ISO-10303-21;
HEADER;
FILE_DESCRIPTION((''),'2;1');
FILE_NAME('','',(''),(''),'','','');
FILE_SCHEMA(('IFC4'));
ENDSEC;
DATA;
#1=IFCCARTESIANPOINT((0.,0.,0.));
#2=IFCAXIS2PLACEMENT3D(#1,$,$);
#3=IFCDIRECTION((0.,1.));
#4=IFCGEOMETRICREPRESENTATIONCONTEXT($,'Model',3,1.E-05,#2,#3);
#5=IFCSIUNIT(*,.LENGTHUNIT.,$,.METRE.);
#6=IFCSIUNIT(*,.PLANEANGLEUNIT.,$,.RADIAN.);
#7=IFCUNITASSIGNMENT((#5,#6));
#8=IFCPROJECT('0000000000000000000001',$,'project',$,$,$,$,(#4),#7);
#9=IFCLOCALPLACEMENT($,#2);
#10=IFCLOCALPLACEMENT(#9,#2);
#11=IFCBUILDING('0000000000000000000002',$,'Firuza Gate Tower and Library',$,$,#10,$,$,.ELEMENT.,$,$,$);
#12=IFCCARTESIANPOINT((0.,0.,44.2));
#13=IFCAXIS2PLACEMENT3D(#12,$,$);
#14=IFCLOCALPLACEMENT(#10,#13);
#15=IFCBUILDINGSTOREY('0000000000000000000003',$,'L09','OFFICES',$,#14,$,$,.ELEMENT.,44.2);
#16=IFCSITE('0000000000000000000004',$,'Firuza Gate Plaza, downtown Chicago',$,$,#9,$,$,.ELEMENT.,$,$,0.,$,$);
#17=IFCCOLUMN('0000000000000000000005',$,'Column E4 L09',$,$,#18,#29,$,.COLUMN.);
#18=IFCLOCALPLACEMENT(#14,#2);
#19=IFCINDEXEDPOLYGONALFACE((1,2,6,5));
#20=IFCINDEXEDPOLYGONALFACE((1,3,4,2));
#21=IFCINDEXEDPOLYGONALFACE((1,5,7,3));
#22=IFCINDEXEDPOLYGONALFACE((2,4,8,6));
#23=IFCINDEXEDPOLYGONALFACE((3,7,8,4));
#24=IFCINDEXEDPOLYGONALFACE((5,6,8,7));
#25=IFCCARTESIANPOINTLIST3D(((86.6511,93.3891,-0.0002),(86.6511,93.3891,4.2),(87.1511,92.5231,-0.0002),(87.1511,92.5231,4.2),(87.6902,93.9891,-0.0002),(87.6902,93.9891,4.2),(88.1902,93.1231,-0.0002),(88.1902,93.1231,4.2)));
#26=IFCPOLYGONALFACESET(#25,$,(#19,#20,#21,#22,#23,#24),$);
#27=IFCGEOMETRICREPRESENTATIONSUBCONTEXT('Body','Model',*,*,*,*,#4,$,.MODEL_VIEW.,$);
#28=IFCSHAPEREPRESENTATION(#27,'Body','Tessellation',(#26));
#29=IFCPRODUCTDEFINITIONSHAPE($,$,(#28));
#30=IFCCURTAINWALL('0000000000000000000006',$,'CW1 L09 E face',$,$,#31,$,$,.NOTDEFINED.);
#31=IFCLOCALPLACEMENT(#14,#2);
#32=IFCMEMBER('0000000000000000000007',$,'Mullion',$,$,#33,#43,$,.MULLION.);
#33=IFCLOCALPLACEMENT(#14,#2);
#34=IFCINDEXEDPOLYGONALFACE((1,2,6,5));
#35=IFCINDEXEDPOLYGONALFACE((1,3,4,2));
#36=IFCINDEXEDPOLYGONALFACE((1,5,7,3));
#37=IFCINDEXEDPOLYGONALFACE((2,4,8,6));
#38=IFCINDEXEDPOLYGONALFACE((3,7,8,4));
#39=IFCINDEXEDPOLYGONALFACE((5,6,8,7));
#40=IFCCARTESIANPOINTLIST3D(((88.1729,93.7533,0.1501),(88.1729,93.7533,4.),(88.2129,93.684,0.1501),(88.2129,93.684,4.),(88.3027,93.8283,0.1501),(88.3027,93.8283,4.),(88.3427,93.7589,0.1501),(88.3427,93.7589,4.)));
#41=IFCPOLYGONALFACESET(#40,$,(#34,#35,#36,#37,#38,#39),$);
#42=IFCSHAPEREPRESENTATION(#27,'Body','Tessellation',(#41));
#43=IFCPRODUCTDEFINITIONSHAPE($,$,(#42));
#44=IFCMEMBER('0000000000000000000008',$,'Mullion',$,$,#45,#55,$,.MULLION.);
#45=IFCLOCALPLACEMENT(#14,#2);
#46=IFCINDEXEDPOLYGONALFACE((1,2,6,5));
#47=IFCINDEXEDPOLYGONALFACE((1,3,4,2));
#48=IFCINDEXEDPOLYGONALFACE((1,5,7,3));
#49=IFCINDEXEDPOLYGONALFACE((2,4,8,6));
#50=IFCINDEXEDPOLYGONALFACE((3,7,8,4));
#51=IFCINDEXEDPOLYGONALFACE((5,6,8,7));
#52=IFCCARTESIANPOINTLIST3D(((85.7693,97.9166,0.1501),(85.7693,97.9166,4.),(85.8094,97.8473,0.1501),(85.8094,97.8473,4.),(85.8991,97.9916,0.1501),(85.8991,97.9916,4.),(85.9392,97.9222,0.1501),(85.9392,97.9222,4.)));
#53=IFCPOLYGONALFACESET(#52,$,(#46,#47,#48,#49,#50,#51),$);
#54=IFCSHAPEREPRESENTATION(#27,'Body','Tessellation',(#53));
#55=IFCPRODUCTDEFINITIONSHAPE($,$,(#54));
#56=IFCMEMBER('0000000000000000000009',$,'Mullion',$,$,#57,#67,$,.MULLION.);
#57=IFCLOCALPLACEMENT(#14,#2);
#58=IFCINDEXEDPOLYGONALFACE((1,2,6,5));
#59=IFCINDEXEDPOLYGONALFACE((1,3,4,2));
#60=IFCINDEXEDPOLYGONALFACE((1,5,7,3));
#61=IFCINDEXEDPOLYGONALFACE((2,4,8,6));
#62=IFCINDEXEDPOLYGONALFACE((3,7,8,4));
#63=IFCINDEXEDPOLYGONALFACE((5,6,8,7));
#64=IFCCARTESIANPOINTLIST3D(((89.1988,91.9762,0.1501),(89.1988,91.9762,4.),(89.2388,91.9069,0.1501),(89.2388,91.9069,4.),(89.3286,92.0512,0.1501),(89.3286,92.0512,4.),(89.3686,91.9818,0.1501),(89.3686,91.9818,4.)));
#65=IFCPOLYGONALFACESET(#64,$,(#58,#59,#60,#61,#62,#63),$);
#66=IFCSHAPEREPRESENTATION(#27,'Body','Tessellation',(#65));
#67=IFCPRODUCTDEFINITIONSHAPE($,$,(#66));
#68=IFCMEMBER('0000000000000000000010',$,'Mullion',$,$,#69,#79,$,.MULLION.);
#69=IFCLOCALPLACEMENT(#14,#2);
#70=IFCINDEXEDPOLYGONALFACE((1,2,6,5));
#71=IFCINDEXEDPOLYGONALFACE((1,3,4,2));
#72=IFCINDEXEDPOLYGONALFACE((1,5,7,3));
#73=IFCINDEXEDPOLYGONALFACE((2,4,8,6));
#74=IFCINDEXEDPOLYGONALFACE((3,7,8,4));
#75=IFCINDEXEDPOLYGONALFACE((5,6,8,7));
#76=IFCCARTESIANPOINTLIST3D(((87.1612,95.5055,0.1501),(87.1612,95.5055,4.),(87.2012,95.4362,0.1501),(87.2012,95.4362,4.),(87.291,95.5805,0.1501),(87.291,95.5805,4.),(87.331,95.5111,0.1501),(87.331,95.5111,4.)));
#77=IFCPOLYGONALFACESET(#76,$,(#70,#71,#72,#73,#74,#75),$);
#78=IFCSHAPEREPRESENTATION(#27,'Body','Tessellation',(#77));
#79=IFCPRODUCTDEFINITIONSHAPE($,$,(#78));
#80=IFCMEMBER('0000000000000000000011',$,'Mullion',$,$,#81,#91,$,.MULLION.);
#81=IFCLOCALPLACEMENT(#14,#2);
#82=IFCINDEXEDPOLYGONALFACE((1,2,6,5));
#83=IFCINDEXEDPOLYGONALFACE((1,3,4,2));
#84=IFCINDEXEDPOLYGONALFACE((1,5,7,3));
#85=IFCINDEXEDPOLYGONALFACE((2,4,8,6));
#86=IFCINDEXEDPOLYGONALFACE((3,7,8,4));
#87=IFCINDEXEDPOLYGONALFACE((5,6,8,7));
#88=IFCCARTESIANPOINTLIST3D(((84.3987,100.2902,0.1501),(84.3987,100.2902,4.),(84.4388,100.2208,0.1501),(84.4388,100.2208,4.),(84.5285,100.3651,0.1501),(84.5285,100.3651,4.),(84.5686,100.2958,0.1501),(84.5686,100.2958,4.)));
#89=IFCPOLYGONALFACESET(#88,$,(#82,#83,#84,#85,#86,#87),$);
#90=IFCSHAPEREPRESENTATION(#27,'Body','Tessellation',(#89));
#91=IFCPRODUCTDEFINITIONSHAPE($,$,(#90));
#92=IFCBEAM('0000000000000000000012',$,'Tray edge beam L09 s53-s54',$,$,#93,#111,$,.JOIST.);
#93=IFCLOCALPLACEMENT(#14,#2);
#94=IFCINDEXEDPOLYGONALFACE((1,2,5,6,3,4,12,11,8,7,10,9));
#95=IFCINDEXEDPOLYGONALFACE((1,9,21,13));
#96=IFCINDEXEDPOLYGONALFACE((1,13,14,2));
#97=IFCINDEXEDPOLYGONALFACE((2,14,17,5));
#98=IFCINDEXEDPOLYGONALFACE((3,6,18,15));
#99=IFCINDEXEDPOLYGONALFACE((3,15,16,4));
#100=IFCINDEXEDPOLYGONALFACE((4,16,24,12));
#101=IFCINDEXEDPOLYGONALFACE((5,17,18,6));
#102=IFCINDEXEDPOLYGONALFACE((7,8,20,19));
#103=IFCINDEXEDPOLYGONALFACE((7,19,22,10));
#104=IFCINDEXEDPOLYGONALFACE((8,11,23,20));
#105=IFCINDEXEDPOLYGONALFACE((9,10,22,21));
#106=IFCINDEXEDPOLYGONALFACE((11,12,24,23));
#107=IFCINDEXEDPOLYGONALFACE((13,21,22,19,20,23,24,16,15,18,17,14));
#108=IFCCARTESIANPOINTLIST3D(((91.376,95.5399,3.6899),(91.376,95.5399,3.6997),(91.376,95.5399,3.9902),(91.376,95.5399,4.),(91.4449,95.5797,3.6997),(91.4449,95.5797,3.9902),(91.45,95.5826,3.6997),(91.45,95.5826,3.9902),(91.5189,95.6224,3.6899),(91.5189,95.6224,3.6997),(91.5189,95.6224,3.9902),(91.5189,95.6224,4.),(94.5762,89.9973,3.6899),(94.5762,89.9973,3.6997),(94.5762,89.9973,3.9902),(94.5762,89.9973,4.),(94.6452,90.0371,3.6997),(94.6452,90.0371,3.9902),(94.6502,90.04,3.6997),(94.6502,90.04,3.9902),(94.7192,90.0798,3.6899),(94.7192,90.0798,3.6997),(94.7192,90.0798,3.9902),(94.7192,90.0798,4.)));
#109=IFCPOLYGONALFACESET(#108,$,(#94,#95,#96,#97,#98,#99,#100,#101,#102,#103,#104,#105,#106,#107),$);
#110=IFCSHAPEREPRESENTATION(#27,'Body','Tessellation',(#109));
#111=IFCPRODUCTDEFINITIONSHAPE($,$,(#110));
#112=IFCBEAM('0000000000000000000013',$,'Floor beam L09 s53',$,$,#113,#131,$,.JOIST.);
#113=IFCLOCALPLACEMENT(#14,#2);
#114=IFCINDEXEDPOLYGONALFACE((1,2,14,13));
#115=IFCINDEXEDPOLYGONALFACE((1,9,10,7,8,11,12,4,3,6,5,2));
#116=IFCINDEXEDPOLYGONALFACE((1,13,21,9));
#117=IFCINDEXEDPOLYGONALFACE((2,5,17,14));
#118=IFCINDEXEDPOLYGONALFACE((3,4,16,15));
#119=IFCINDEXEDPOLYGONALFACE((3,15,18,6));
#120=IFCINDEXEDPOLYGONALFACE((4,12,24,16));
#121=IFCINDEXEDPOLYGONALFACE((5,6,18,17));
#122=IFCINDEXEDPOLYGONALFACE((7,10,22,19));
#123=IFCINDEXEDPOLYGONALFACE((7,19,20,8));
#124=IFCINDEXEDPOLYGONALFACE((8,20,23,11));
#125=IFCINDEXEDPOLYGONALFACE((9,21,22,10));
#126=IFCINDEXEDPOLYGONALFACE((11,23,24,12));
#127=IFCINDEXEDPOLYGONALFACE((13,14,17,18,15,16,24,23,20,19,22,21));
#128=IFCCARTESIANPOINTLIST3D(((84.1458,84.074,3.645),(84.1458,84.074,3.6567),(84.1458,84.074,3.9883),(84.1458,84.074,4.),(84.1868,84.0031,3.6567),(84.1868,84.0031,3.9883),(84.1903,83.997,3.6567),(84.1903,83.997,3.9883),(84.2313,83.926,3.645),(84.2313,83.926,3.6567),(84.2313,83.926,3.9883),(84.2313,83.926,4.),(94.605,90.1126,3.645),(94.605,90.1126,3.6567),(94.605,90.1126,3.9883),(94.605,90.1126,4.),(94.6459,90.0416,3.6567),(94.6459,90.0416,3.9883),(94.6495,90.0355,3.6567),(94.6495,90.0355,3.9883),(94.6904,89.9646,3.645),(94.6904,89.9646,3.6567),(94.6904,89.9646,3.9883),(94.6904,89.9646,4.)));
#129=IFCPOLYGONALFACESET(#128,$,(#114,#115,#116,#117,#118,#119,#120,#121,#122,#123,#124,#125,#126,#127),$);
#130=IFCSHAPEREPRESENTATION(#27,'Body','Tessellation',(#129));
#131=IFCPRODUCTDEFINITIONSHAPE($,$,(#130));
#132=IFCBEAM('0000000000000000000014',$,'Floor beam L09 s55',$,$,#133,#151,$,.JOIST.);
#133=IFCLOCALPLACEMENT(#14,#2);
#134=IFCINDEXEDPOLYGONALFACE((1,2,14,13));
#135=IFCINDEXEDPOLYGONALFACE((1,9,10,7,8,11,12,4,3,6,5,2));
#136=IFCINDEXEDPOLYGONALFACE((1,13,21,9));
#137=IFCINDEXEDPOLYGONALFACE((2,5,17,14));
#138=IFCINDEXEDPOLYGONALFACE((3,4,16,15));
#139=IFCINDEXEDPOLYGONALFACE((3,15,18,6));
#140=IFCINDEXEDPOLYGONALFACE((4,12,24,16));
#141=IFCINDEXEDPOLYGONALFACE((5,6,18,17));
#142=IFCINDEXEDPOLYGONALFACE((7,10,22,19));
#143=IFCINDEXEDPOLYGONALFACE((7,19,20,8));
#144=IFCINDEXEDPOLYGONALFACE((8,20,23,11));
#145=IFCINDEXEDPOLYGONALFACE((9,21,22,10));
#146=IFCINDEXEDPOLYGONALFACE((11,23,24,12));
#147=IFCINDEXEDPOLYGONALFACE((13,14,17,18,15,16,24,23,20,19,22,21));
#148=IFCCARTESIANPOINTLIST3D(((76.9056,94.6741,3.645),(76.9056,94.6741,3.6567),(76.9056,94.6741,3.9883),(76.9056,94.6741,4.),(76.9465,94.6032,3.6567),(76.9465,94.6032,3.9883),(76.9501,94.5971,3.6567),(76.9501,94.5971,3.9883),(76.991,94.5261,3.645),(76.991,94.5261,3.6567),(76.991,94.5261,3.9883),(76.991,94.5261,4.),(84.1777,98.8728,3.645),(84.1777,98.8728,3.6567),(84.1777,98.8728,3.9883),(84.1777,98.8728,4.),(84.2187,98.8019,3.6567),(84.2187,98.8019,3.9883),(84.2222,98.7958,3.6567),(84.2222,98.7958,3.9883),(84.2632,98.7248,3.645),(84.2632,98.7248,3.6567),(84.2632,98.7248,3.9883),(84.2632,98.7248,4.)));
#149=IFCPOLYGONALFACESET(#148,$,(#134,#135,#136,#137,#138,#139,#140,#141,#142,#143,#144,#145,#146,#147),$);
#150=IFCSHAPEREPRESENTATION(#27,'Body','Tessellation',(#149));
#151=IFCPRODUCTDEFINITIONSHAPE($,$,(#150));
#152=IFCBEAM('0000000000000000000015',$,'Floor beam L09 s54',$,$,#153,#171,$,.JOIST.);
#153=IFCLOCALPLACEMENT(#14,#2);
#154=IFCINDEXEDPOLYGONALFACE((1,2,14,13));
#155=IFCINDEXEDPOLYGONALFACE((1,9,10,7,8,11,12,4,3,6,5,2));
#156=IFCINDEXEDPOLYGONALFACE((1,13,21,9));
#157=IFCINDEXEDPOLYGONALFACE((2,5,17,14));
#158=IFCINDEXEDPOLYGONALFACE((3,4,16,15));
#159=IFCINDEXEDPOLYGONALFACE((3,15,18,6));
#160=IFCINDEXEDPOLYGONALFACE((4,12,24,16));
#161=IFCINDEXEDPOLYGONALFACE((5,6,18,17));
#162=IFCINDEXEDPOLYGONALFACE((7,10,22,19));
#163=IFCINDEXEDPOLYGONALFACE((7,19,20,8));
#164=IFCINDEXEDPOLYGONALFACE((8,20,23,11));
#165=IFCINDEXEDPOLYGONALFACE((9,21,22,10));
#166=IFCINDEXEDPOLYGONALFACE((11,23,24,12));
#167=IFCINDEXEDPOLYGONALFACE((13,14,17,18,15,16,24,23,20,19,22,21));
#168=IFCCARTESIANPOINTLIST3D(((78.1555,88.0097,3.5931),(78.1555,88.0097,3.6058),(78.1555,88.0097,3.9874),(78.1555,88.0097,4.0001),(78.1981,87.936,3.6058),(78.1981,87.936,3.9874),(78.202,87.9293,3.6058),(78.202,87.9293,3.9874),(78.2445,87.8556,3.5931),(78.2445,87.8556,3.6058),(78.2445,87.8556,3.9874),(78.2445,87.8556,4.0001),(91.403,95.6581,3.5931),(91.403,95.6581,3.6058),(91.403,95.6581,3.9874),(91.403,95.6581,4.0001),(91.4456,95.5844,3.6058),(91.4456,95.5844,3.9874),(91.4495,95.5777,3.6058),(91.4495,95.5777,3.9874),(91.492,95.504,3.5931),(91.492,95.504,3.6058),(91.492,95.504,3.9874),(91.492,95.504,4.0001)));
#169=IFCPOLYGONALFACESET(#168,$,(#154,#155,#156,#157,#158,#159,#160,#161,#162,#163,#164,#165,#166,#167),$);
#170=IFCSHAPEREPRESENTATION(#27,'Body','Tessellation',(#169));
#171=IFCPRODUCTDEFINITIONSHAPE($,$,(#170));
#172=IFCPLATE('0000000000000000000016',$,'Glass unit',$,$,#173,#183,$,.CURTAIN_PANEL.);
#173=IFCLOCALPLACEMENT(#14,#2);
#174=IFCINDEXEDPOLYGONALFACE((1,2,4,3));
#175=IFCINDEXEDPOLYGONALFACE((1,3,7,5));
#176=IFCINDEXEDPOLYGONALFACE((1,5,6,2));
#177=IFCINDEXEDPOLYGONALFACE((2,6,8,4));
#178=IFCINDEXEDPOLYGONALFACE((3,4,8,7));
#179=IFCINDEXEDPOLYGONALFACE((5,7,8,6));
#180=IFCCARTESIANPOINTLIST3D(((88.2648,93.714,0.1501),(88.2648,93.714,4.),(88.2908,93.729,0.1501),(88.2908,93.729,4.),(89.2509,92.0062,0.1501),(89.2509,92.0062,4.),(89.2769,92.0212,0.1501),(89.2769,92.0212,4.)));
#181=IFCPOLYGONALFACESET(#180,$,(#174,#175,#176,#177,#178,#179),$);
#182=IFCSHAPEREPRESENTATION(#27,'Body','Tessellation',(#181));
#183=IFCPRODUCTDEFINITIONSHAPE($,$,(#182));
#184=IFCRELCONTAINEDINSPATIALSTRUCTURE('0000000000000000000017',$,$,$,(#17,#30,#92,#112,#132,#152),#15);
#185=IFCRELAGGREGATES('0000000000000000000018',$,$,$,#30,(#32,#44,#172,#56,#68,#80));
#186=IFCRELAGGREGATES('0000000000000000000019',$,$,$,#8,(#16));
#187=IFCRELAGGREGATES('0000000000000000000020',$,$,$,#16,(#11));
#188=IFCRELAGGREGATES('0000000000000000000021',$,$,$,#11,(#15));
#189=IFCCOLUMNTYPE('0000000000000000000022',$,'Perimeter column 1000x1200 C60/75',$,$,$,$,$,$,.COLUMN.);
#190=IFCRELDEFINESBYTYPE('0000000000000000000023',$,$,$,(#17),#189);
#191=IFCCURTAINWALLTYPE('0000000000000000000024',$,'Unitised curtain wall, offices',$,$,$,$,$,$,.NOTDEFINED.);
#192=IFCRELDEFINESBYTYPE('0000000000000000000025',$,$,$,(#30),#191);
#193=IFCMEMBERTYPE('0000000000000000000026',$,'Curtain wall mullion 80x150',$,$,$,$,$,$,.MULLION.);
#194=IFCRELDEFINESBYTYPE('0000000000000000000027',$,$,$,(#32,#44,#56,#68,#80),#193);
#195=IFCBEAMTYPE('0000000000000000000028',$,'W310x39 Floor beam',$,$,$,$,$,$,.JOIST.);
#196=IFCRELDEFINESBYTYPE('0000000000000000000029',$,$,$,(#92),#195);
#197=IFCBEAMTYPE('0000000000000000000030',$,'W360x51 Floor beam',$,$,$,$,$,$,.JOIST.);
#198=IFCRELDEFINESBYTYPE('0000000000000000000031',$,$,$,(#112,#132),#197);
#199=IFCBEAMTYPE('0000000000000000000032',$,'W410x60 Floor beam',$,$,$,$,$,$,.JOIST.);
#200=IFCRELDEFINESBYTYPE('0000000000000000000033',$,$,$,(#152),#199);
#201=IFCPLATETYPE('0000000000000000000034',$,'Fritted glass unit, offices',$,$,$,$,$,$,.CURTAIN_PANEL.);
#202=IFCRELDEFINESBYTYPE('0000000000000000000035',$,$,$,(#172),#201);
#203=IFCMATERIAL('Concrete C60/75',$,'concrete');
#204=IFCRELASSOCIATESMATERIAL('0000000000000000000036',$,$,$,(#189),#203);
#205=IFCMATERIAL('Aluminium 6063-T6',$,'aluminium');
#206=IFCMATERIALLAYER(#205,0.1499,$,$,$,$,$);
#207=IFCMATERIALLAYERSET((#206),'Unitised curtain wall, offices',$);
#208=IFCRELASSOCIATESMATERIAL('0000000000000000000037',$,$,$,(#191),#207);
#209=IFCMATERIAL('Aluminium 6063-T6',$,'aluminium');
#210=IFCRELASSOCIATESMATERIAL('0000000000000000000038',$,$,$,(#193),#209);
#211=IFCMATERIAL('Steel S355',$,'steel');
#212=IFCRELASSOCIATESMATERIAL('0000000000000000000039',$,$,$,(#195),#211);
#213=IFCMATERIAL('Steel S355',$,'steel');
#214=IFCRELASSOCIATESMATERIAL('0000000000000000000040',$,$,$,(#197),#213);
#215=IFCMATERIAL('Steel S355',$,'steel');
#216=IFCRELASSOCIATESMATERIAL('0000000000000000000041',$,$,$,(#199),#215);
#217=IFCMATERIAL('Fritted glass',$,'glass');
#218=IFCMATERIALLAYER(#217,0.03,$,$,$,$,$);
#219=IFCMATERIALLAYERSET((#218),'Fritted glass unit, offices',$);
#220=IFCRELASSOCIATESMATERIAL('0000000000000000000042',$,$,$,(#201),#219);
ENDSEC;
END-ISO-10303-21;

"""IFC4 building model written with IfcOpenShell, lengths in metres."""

from ifc_helpers import new_model, si_unit, direction, frame, origin, origin_2d, place, context, subcontext, project, spatial, polyline, rectangle, i_section, outline, extrude, material, layer, layer_set, material_profile, profile_set, type_object, element, aggregate, save


model = new_model("IFC4")

# Units and contexts
model_context = context("Model", 3, precision=1e-05, world=origin(), true_north=direction((0.0, 1.0)))
body_context = subcontext(model_context, "Body", "Model", "MODEL_VIEW")
ifc_project = project(units=[si_unit("LENGTHUNIT", "METRE"), si_unit("PLANEANGLEUNIT", "RADIAN")], contexts=[model_context])

# Site, building, storey
site_placement = place(None, origin())
site = spatial("IfcSite", under=ifc_project, at=site_placement, Name="Firuza Gate Plaza, downtown Chicago", CompositionType="ELEMENT", RefElevation=0.0)
building_placement = place(site_placement, origin())
building = spatial("IfcBuilding", under=site, at=building_placement, Name="Firuza Gate Tower and Library", CompositionType="ELEMENT")
storey_placement = place(building_placement, frame((0.0, 0.0, 44.2)))
storey = spatial("IfcBuildingStorey", under=building, at=storey_placement, Name="L09", Description="OFFICES", CompositionType="ELEMENT", Elevation=44.2)

# Column
ifc_material_1 = material(Name="Concrete C60/75", Category="concrete")
ifc_material_profile_1 = material_profile(ifc_material_1, rectangle(XDim=1.0, YDim=1.2, at=origin_2d()))
ifc_profile_set_1 = profile_set([ifc_material_profile_1], Name="Concrete C60/75")
column_type = type_object("IfcColumnType", Name="Perimeter column 1000x1200 C60/75", PredefinedType="COLUMN", material=ifc_profile_set_1)
column_placement = place(storey_placement, frame((87.4207, 93.2561, -0.0002), z_axis=(0.0, 0.0, 1.0), x_axis=(-0.5, 0.866025, 0.0)))
element("IfcColumn", 1, at=column_placement, inside=storey, type_object=column_type, Name="Column E4 L09", PredefinedType="COLUMN", context=body_context, shape_type="SweptSolid", body=[
    extrude(rectangle(XDim=1.0, YDim=1.2, at=origin_2d()), origin(), (0.0, 0.0, 1.0), 4.2002),
])

# Curtain wall, members
ifc_material_2 = material(Name="Aluminium 6063-T6", Category="aluminium")
ifc_layer_1 = layer(ifc_material_2, 0.1499)
ifc_layer_set_1 = layer_set([ifc_layer_1], Name="Unitised curtain wall, offices")
curtain_wall_type = type_object("IfcCurtainWallType", Name="Unitised curtain wall, offices", PredefinedType="NOTDEFINED", material=ifc_layer_set_1)
curtain_wall_placement = place(storey_placement, origin())
curtain_wall = element("IfcCurtainWall", 2, at=curtain_wall_placement, inside=storey, type_object=curtain_wall_type, Name="CW1 L09 E face", PredefinedType="NOTDEFINED")
ifc_material_3 = material(Name="Aluminium 6063-T6", Category="aluminium")
ifc_material_profile_2 = material_profile(ifc_material_3, rectangle(XDim=0.1499, YDim=0.0801, at=origin_2d()))
ifc_profile_set_2 = profile_set([ifc_material_profile_2], Name="Aluminium 6063-T6")
member_type = type_object("IfcMemberType", Name="Curtain wall mullion 80x150", PredefinedType="MULLION", material=ifc_profile_set_2)
member_1_placement = place(storey_placement, frame((88.2578, 93.7561, 0.1501), z_axis=(0.0, 0.0, 1.0), x_axis=(-0.866025, -0.5, 0.0)))
member_1 = element("IfcMember", 3, at=member_1_placement, type_object=member_type, Name="Mullion", PredefinedType="MULLION", context=body_context, shape_type="SweptSolid", body=[
    extrude(rectangle(XDim=0.1499, YDim=0.0801, at=origin_2d()), origin(), (0.0, 0.0, 1.0), 3.8499),
])
member_2_placement = place(storey_placement, frame((85.8542, 97.9194, 0.1501), z_axis=(0.0, 0.0, 1.0), x_axis=(-0.866025, -0.5, 0.0)))
member_2 = element("IfcMember", 4, at=member_2_placement, type_object=member_type, Name="Mullion", PredefinedType="MULLION", context=body_context, shape_type="SweptSolid", body=[
    extrude(rectangle(XDim=0.1499, YDim=0.0801, at=origin_2d()), origin(), (0.0, 0.0, 1.0), 3.8499),
])
member_3_placement = place(storey_placement, frame((89.2837, 91.979, 0.1501), z_axis=(0.0, 0.0, 1.0), x_axis=(-0.866025, -0.5, 0.0)))
member_3 = element("IfcMember", 5, at=member_3_placement, type_object=member_type, Name="Mullion", PredefinedType="MULLION", context=body_context, shape_type="SweptSolid", body=[
    extrude(rectangle(XDim=0.1499, YDim=0.0801, at=origin_2d()), origin(), (0.0, 0.0, 1.0), 3.8499),
])
member_4_placement = place(storey_placement, frame((87.2461, 95.5083, 0.1501), z_axis=(0.0, 0.0, 1.0), x_axis=(-0.866025, -0.5, 0.0)))
member_4 = element("IfcMember", 6, at=member_4_placement, type_object=member_type, Name="Mullion", PredefinedType="MULLION", context=body_context, shape_type="SweptSolid", body=[
    extrude(rectangle(XDim=0.1499, YDim=0.0801, at=origin_2d()), origin(), (0.0, 0.0, 1.0), 3.8499),
])
member_5_placement = place(storey_placement, frame((84.4836, 100.293, 0.1501), z_axis=(0.0, 0.0, 1.0), x_axis=(-0.866025, -0.5, 0.0)))
member_5 = element("IfcMember", 7, at=member_5_placement, type_object=member_type, Name="Mullion", PredefinedType="MULLION", context=body_context, shape_type="SweptSolid", body=[
    extrude(rectangle(XDim=0.1499, YDim=0.0801, at=origin_2d()), origin(), (0.0, 0.0, 1.0), 3.8499),
])

# Beams
ifc_material_4 = material(Name="Steel S355", Category="steel")
ifc_material_profile_3 = material_profile(ifc_material_4, i_section(OverallWidth=0.165, OverallDepth=0.3101, WebThickness=0.0059, FlangeThickness=0.0098, at=origin_2d()))
ifc_profile_set_3 = profile_set([ifc_material_profile_3], Name="Steel S355")
beam_type_1 = type_object("IfcBeamType", Name="W310x39 Floor beam", PredefinedType="JOIST", material=ifc_profile_set_3)
beam_1_placement = place(storey_placement, frame((94.6477, 90.0386, 3.845), z_axis=(-0.500028, 0.866009, 0.0), x_axis=(-0.866009, -0.500028, 0.0)))
element("IfcBeam", 8, at=beam_1_placement, inside=storey, type_object=beam_type_1, Name="Tray edge beam L09 s53-s54", PredefinedType="JOIST", context=body_context, shape_type="SweptSolid", body=[
    extrude(i_section(OverallWidth=0.165, OverallDepth=0.3101, WebThickness=0.0059, FlangeThickness=0.0098, at=origin_2d()), origin(), (0.0, 0.0, 1.0), 6.4001),
])
ifc_material_5 = material(Name="Steel S355", Category="steel")
ifc_material_profile_4 = material_profile(ifc_material_5, i_section(OverallWidth=0.1709, OverallDepth=0.355, WebThickness=0.0071, FlangeThickness=0.0117, at=origin_2d()))
ifc_profile_set_4 = profile_set([ifc_material_profile_4], Name="Steel S355")
beam_type_2 = type_object("IfcBeamType", Name="W360x51 Floor beam", PredefinedType="JOIST", material=ifc_profile_set_4)
beam_2_placement = place(storey_placement, frame((94.6477, 90.0386, 3.8225), z_axis=(-0.866028, -0.499996, 0.0), x_axis=(0.499996, -0.866028, 0.0)))
element("IfcBeam", 9, at=beam_2_placement, inside=storey, type_object=beam_type_2, Name="Floor beam L09 s53", PredefinedType="JOIST", context=body_context, shape_type="SweptSolid", body=[
    extrude(i_section(OverallWidth=0.1709, OverallDepth=0.355, WebThickness=0.0071, FlangeThickness=0.0117, at=origin_2d()), origin(), (0.0, 0.0, 1.0), 12.0771),
])
beam_3_placement = place(storey_placement, frame((84.2205, 98.7988, 3.8225), z_axis=(-0.86602, -0.50001, 0.0), x_axis=(0.50001, -0.86602, 0.0)))
element("IfcBeam", 10, at=beam_3_placement, inside=storey, type_object=beam_type_2, Name="Floor beam L09 s55", PredefinedType="JOIST", context=body_context, shape_type="SweptSolid", body=[
    extrude(i_section(OverallWidth=0.1709, OverallDepth=0.355, WebThickness=0.0071, FlangeThickness=0.0117, at=origin_2d()), origin(), (0.0, 0.0, 1.0), 8.3972),
])
ifc_material_6 = material(Name="Steel S355", Category="steel")
ifc_material_profile_5 = material_profile(ifc_material_6, i_section(OverallWidth=0.178, OverallDepth=0.407, WebThickness=0.0078, FlangeThickness=0.0127, at=origin_2d()))
ifc_profile_set_5 = profile_set([ifc_material_profile_5], Name="Steel S355")
beam_type_3 = type_object("IfcBeamType", Name="W410x60 Floor beam", PredefinedType="JOIST", material=ifc_profile_set_5)
beam_4_placement = place(storey_placement, frame((91.4475, 95.5811, 3.7966), z_axis=(-0.866027, -0.499998, 0.0), x_axis=(0.499998, -0.866027, 0.0)))
element("IfcBeam", 11, at=beam_4_placement, inside=storey, type_object=beam_type_3, Name="Floor beam L09 s54", PredefinedType="JOIST", context=body_context, shape_type="SweptSolid", body=[
    extrude(i_section(OverallWidth=0.178, OverallDepth=0.407, WebThickness=0.0078, FlangeThickness=0.0127, at=origin_2d()), origin(), (0.0, 0.0, 1.0), 15.2969),
])

# Plate
ifc_material_7 = material(Name="Fritted glass", Category="glass")
ifc_layer_2 = layer(ifc_material_7, 0.03)
ifc_layer_set_2 = layer_set([ifc_layer_2], Name="Fritted glass unit, offices")
plate_type_1 = type_object("IfcPlateType", Name="Fritted glass unit, offices", PredefinedType="CURTAIN_PANEL", material=ifc_layer_set_2)
plate_1_placement = place(storey_placement, frame((89.2769, 92.0212, 0.1501), z_axis=(0.866002, 0.50004, 0.0), x_axis=(-0.50004, 0.866002, 0.0)))
plate_1 = element("IfcPlate", 12, at=plate_1_placement, type_object=plate_type_1, Name="Glass unit", PredefinedType="CURTAIN_PANEL", context=body_context, shape_type="SweptSolid", body=[
    extrude(outline(polyline([(0.0, 0.0), (1.972, 0.0), (1.972, 3.8499), (0.0, 3.8499), (0.0, 0.0)])), origin(), (0.0, 0.0, -1.0), 0.03),
])
aggregate(curtain_wall, [member_1, member_2, plate_1, member_3, member_4, member_5])

save(model, "model.ifc")
